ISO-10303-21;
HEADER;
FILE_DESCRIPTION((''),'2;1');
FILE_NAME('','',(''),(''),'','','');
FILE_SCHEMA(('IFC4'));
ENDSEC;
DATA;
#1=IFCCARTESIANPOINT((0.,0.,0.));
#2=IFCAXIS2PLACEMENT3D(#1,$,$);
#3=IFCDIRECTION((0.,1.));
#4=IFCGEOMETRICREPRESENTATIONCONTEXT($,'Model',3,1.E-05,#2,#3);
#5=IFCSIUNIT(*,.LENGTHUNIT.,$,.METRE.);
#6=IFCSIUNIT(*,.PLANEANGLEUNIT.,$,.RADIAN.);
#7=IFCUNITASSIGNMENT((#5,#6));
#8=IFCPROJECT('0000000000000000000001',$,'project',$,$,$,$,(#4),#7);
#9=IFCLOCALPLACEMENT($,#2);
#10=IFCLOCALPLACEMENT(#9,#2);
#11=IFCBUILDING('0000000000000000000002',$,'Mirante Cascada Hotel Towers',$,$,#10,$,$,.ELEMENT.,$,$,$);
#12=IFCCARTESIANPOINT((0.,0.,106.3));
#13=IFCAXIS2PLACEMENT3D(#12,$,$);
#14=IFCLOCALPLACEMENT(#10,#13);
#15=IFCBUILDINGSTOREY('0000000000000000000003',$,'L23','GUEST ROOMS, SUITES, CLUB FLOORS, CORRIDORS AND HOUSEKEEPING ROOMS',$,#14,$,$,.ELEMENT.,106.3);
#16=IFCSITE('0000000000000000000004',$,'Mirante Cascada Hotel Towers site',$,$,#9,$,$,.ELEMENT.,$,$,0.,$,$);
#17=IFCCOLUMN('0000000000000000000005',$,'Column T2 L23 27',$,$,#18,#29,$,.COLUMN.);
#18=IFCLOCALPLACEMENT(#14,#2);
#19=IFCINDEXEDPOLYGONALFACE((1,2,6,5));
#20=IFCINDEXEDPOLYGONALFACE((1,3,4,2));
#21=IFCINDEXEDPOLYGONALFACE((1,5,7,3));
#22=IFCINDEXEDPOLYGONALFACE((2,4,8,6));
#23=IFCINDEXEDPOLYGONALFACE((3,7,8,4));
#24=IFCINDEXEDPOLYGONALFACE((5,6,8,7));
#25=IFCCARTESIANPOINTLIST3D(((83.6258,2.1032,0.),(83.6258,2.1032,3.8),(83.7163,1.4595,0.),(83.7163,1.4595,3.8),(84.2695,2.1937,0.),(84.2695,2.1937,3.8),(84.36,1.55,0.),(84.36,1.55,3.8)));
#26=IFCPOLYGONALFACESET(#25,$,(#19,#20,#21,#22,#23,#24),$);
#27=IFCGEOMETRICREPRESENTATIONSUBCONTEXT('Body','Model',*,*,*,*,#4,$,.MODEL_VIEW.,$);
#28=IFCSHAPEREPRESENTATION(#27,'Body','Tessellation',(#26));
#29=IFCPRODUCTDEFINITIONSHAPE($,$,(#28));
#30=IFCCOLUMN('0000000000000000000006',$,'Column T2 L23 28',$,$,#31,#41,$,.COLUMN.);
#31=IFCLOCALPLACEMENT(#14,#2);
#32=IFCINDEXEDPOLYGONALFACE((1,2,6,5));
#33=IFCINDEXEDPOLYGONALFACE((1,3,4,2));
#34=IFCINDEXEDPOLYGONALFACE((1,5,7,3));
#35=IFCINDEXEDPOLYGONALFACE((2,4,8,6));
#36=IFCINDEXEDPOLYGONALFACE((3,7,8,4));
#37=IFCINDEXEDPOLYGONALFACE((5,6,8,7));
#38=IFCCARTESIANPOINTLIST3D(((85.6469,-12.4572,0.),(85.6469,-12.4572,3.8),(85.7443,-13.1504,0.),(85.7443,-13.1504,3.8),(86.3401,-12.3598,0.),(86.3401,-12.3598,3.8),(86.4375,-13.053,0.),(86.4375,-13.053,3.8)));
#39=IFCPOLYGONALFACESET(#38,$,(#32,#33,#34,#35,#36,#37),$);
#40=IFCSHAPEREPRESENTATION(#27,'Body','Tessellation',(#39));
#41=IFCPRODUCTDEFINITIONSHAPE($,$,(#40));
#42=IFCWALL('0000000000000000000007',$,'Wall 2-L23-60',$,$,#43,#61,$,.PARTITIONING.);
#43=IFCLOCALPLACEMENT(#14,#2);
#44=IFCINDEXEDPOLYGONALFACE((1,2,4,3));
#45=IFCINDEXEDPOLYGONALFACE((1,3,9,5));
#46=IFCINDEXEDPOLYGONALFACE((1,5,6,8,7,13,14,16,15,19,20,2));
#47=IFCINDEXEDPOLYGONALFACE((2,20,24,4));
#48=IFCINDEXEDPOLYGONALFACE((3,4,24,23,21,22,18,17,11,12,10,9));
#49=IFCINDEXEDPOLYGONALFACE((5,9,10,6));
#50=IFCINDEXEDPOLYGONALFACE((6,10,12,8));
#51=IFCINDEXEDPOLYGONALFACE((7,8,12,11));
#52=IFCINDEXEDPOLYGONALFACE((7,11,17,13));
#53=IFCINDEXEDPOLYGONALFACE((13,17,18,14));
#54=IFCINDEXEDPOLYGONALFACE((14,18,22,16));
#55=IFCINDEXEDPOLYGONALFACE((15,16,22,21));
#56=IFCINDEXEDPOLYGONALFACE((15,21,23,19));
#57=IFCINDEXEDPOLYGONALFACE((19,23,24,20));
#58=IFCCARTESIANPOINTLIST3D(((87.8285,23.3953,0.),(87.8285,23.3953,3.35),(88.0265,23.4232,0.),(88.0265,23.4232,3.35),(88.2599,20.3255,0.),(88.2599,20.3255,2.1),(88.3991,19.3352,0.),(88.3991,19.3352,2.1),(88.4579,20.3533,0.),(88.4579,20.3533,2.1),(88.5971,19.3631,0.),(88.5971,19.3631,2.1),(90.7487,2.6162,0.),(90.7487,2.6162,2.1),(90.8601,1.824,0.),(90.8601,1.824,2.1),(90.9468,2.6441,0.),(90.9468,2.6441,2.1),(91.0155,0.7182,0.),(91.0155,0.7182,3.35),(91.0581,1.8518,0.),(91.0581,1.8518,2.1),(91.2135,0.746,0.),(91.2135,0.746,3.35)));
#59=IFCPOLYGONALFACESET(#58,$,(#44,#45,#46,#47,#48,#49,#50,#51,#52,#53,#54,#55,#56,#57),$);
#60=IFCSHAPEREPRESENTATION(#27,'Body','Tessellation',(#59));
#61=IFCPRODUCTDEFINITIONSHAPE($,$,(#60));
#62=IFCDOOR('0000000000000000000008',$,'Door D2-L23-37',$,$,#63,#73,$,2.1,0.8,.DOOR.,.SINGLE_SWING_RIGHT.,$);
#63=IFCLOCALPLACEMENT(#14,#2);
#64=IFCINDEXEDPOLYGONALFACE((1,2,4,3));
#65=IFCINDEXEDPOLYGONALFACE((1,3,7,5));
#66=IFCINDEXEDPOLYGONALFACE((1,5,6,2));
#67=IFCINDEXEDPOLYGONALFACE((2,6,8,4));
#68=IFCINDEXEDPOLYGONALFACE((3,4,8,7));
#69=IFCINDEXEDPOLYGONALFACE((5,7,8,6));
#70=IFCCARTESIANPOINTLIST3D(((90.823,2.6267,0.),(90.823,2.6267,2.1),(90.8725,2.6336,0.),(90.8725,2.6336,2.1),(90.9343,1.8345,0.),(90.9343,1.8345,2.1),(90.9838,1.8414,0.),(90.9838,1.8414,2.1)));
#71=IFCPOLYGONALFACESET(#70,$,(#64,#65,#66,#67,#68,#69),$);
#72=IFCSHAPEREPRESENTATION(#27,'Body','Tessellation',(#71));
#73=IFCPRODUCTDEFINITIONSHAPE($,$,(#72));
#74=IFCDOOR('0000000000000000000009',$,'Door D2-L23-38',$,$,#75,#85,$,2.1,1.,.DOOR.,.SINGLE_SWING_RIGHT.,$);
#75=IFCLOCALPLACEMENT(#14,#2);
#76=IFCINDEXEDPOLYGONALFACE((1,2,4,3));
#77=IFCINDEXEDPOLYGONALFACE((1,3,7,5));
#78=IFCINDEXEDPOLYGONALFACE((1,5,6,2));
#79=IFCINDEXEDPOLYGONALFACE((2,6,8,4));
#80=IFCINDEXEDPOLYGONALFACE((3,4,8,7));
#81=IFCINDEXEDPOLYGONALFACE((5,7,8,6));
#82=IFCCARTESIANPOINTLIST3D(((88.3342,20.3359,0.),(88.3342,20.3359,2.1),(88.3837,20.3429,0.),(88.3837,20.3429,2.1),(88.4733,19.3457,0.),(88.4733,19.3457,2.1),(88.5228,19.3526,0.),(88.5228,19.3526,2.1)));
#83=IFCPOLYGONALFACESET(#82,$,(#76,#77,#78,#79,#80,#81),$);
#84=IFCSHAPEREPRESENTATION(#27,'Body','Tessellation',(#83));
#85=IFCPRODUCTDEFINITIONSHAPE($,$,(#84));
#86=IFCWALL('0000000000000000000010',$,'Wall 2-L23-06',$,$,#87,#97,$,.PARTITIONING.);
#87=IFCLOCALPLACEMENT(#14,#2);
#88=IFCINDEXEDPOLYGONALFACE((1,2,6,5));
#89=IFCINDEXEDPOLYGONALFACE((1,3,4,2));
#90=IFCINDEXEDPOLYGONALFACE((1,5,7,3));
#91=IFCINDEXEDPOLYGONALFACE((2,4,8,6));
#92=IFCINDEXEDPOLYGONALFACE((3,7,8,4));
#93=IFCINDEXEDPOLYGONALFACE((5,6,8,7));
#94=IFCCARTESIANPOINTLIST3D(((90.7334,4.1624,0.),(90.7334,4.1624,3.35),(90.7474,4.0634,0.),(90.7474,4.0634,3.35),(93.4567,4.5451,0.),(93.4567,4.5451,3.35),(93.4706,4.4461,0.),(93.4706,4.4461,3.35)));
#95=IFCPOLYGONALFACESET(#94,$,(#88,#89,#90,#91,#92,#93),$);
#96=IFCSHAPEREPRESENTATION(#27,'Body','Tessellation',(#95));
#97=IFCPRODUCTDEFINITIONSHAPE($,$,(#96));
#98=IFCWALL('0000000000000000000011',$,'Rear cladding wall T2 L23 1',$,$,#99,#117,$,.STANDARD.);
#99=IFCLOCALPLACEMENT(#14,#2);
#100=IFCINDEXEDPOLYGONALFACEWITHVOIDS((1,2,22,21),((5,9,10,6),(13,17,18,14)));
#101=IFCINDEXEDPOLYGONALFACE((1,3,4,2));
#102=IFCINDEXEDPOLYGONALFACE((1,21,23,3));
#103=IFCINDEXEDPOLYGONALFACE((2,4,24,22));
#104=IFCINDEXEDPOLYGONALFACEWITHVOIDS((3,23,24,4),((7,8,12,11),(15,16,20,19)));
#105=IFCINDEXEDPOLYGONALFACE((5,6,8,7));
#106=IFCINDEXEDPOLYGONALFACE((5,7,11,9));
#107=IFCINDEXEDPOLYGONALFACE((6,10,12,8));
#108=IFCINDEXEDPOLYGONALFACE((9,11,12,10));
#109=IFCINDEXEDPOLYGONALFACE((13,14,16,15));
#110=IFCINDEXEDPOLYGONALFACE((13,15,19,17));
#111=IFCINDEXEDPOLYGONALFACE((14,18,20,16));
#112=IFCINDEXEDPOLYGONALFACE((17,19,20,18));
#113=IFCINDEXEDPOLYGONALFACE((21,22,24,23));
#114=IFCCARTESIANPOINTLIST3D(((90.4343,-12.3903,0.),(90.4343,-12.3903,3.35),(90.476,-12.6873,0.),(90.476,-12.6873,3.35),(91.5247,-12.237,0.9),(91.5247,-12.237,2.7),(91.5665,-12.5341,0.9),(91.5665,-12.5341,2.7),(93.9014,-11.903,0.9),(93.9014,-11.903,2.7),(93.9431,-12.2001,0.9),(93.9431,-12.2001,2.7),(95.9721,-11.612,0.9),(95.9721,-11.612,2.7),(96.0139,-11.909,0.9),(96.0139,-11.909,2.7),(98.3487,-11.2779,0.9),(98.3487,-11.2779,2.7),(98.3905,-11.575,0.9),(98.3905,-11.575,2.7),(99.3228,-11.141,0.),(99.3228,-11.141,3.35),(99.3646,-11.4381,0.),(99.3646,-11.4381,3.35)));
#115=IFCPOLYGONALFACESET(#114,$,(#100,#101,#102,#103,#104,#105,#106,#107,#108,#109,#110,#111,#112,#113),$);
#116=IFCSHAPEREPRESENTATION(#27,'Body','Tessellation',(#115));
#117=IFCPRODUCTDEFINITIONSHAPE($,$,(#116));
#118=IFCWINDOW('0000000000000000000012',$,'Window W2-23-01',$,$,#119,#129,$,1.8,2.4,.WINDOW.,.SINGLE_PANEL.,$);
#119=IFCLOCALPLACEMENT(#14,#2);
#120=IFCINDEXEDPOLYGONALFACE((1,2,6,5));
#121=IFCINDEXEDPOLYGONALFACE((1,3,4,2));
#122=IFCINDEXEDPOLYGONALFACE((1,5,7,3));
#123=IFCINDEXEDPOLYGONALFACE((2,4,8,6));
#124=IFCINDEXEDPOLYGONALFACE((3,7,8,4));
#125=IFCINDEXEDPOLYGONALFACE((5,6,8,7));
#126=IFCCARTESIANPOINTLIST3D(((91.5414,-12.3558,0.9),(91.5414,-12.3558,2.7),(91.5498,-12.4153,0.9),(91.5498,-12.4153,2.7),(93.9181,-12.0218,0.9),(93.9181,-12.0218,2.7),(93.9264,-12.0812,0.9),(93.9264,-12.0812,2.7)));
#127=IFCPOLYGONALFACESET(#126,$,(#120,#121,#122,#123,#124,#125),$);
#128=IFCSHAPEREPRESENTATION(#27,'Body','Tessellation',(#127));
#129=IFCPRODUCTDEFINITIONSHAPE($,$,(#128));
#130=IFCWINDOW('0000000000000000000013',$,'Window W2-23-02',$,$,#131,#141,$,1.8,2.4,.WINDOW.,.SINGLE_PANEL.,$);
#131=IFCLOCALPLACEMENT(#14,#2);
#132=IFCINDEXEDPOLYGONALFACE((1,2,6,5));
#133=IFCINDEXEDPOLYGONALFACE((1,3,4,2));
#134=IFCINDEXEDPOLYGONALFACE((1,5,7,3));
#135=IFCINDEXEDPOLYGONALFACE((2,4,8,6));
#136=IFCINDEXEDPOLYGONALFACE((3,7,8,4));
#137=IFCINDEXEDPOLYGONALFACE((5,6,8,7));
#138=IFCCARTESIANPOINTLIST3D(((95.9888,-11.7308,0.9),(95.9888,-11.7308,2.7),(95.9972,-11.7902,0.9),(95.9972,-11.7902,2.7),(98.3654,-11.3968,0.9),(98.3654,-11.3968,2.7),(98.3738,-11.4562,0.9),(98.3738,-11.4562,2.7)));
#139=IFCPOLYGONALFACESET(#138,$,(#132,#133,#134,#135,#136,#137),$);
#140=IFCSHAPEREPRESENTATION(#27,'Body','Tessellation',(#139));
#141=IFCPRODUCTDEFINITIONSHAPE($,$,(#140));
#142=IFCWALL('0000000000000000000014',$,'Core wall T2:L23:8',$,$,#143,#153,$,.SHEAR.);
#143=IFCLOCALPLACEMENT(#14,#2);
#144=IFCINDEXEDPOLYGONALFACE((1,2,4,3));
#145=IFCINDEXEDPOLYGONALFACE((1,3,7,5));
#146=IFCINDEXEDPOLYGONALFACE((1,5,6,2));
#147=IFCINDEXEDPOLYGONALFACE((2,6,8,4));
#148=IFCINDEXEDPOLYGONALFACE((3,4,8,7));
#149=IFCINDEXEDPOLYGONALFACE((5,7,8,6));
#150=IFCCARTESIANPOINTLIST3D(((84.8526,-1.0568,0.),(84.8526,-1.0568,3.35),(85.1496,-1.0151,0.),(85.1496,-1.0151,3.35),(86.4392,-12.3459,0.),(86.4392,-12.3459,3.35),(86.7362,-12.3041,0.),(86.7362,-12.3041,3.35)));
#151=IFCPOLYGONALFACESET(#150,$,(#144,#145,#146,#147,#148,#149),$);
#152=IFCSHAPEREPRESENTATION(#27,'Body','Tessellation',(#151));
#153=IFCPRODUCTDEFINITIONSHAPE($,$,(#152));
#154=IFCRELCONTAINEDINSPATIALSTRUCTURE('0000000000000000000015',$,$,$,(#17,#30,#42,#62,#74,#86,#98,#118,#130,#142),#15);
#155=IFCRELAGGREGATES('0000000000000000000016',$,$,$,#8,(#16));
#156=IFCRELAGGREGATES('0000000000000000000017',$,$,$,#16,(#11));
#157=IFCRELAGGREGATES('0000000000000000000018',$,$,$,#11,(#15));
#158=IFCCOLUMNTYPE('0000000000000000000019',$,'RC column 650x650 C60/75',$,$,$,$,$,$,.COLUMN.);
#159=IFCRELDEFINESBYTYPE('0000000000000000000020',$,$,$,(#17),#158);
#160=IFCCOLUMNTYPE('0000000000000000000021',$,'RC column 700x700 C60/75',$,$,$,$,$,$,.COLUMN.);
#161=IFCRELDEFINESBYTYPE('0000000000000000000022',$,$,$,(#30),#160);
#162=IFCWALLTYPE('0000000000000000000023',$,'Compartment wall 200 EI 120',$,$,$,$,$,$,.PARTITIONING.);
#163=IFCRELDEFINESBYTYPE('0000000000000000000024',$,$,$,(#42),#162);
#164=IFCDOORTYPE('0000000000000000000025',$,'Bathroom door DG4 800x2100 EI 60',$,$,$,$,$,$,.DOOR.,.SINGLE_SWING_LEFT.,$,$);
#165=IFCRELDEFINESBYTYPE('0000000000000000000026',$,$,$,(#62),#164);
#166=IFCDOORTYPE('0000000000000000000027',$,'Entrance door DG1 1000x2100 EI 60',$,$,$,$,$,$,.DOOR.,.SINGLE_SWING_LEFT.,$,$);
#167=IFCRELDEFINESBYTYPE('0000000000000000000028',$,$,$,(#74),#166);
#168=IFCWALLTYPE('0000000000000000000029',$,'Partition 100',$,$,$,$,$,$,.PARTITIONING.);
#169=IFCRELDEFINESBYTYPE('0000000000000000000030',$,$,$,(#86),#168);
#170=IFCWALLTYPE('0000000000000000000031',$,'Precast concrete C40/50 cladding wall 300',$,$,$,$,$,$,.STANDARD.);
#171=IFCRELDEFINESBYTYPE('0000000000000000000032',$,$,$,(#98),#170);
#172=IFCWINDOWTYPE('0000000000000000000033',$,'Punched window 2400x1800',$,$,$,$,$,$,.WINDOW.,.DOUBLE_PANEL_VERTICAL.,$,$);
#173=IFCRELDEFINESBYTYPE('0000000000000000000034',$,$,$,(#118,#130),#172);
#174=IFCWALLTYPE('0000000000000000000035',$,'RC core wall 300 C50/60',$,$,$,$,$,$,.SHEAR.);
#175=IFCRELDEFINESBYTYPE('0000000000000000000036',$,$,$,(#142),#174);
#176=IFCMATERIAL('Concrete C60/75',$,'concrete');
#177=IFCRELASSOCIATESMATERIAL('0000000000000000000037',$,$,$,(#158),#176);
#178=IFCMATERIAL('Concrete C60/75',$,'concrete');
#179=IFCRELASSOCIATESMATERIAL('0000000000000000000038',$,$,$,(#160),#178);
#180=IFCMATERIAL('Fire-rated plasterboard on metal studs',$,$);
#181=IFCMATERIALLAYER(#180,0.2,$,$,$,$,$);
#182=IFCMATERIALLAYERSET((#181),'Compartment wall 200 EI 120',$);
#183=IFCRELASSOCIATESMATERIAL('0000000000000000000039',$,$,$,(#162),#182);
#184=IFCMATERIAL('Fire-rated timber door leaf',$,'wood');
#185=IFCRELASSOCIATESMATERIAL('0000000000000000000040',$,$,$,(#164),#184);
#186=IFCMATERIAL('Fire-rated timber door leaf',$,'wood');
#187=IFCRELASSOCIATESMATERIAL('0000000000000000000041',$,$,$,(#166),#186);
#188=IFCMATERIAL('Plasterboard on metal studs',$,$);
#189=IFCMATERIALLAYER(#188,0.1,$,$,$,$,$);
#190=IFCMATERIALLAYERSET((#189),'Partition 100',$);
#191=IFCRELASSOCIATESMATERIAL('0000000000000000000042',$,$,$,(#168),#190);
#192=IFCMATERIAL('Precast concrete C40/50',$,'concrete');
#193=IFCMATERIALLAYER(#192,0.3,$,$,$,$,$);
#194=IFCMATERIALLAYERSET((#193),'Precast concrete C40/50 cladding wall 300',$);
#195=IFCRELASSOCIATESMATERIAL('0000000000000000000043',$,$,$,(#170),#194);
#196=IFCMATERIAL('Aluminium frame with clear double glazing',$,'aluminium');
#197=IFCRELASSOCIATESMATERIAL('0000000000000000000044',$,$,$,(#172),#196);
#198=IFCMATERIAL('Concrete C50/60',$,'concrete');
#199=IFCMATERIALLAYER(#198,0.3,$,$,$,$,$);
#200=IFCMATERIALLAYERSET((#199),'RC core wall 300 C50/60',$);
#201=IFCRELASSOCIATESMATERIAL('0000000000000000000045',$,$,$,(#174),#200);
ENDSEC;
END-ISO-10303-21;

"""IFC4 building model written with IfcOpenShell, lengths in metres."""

from ifc_helpers import new_model, si_unit, direction, frame, frame_2d, origin, origin_2d, place, context, subcontext, project, spatial, rectangle, extrude, material, layer, layer_set, material_profile, profile_set, type_object, element, fill, save


model = new_model("IFC4")

# Units and contexts
model_context = context("Model", 3, precision=1e-05, world=origin(), true_north=direction((0.0, 1.0)))
body_context = subcontext(model_context, "Body", "Model", "MODEL_VIEW")
ifc_project = project(units=[si_unit("LENGTHUNIT", "METRE"), si_unit("PLANEANGLEUNIT", "RADIAN")], contexts=[model_context])

# Site, building, storey
site_placement = place(None, origin())
site = spatial("IfcSite", under=ifc_project, at=site_placement, Name="Mirante Cascada Hotel Towers site", CompositionType="ELEMENT", RefElevation=0.0)
building_placement = place(site_placement, origin())
building = spatial("IfcBuilding", under=site, at=building_placement, Name="Mirante Cascada Hotel Towers", CompositionType="ELEMENT")
storey_placement = place(building_placement, frame((0.0, 0.0, 106.3)))
storey = spatial("IfcBuildingStorey", under=building, at=storey_placement, Name="L23", Description="GUEST ROOMS, SUITES, CLUB FLOORS, CORRIDORS AND HOUSEKEEPING ROOMS", CompositionType="ELEMENT", Elevation=106.3)

# Columns
ifc_material_1 = material(Name="Concrete C60/75", Category="concrete")
ifc_material_profile_1 = material_profile(ifc_material_1, rectangle(XDim=0.65, YDim=0.65, at=origin_2d()), Name="RC column 650x650 C60/75")
ifc_profile_set_1 = profile_set([ifc_material_profile_1], Name="Concrete C60/75")
column_type_1 = type_object("IfcColumnType", Name="RC column 650x650 C60/75", PredefinedType="COLUMN", material=ifc_profile_set_1)
column_1_placement = place(storey_placement, frame((83.9929, 1.8266, 0.0), z_axis=(0.0, 0.0, 1.0), x_axis=(0.990268, 0.139173, 0.0)))
element("IfcColumn", 1, at=column_1_placement, inside=storey, type_object=column_type_1, Name="Column T2 L23 27", PredefinedType="COLUMN", context=body_context, shape_type="SweptSolid", body=[
    extrude(rectangle(XDim=0.65, YDim=0.65, at=origin_2d()), origin(), (0.0, 0.0, 1.0), 3.8),
])
ifc_material_2 = material(Name="Concrete C60/75", Category="concrete")
ifc_material_profile_2 = material_profile(ifc_material_2, rectangle(XDim=0.7, YDim=0.7, at=origin_2d()), Name="RC column 700x700 C60/75")
ifc_profile_set_2 = profile_set([ifc_material_profile_2], Name="Concrete C60/75")
column_type_2 = type_object("IfcColumnType", Name="RC column 700x700 C60/75", PredefinedType="COLUMN", material=ifc_profile_set_2)
column_2_placement = place(storey_placement, frame((86.0422, -12.7551, 0.0), z_axis=(0.0, 0.0, 1.0), x_axis=(0.990268, 0.139173, 0.0)))
element("IfcColumn", 2, at=column_2_placement, inside=storey, type_object=column_type_2, Name="Column T2 L23 28", PredefinedType="COLUMN", context=body_context, shape_type="SweptSolid", body=[
    extrude(rectangle(XDim=0.7, YDim=0.7, at=origin_2d()), origin(), (0.0, 0.0, 1.0), 3.8),
])

# Wall, openings, doors
ifc_material_3 = material(Name="Fire-rated plasterboard on metal studs")
ifc_layer_1 = layer(ifc_material_3, 0.2)
ifc_layer_set_1 = layer_set([ifc_layer_1], Name="Compartment wall 200 EI 120")
wall_type_1 = type_object("IfcWallType", Name="Compartment wall 200 EI 120", PredefinedType="PARTITIONING", material=ifc_layer_set_1)
wall_1_placement = place(storey_placement, frame((91.1145, 0.7321, 0.0), z_axis=(0.0, 0.0, 1.0), x_axis=(-0.139171, 0.990268, 0.0)))
wall_1 = element("IfcWall", 3, at=wall_1_placement, inside=storey, type_object=wall_type_1, Name="Wall 2-L23-60", PredefinedType="PARTITIONING", context=body_context, shape_type="SweptSolid", body=[
    extrude(rectangle(XDim=22.9, YDim=0.2, at=frame_2d((11.45, 0.0))), origin(), (0.0, 0.0, 1.0), 3.35),
])
opening_1_placement = place(wall_1_placement, frame((1.1167, 0.0, 0.0)))
opening_1 = element("IfcOpeningElement", 4, at=opening_1_placement, cuts=wall_1, PredefinedType="OPENING", context=body_context, shape_type="SweptSolid", body=[
    extrude(rectangle(XDim=0.8, YDim=2.1, at=frame_2d((0.4, 1.05))), frame((0.0, 0.1, 0.0), z_axis=(0.0, -1.0, 0.0), x_axis=(1.0, 0.0, 0.0)), (0.0, 0.0, 1.0), 0.2),
])
opening_2_placement = place(wall_1_placement, frame((18.8, 0.0, 0.0)))
opening_2 = element("IfcOpeningElement", 5, at=opening_2_placement, cuts=wall_1, PredefinedType="OPENING", context=body_context, shape_type="SweptSolid", body=[
    extrude(rectangle(XDim=1.0, YDim=2.1, at=frame_2d((0.5, 1.05))), frame((0.0, 0.1, 0.0), z_axis=(0.0, -1.0, 0.0), x_axis=(1.0, 0.0, 0.0)), (0.0, 0.0, 1.0), 0.2),
])
ifc_material_4 = material(Name="Fire-rated timber door leaf", Category="wood")
door_type_1 = type_object("IfcDoorType", Name="Bathroom door DG4 800x2100 EI 60", OperationType="SINGLE_SWING_LEFT", PredefinedType="DOOR", material=ifc_material_4)
door_1_placement = place(opening_1_placement, frame((0.8, 0.0, 0.0), z_axis=(0.0, 0.0, 1.0), x_axis=(-1.0, 0.0, 0.0)))
door_1 = element("IfcDoor", 6, at=door_1_placement, inside=storey, type_object=door_type_1, Name="Door D2-L23-37", OperationType="SINGLE_SWING_RIGHT", OverallHeight=2.1, OverallWidth=0.8, PredefinedType="DOOR", context=body_context, shape_type="SweptSolid", body=[
    extrude(rectangle(XDim=0.8, YDim=2.1, at=frame_2d((0.4, 1.05))), frame((0.0, 0.025, 0.0), z_axis=(0.0, -1.0, 0.0), x_axis=(1.0, 0.0, 0.0)), (0.0, 0.0, 1.0), 0.05),
])
fill(opening_1, door_1)
ifc_material_5 = material(Name="Fire-rated timber door leaf", Category="wood")
door_type_2 = type_object("IfcDoorType", Name="Entrance door DG1 1000x2100 EI 60", OperationType="SINGLE_SWING_LEFT", PredefinedType="DOOR", material=ifc_material_5)
door_2_placement = place(opening_2_placement, frame((1.0, 0.0, 0.0), z_axis=(0.0, 0.0, 1.0), x_axis=(-1.0, 0.0, 0.0)))
door_2 = element("IfcDoor", 7, at=door_2_placement, inside=storey, type_object=door_type_2, Name="Door D2-L23-38", OperationType="SINGLE_SWING_RIGHT", OverallHeight=2.1, OverallWidth=1.0, PredefinedType="DOOR", context=body_context, shape_type="SweptSolid", body=[
    extrude(rectangle(XDim=1.0, YDim=2.1, at=frame_2d((0.5, 1.05))), frame((0.0, 0.025, 0.0), z_axis=(0.0, -1.0, 0.0), x_axis=(1.0, 0.0, 0.0)), (0.0, 0.0, 1.0), 0.05),
])
fill(opening_2, door_2)

# Wall
ifc_material_6 = material(Name="Plasterboard on metal studs")
ifc_layer_2 = layer(ifc_material_6, 0.1)
ifc_layer_set_2 = layer_set([ifc_layer_2], Name="Partition 100")
wall_type_2 = type_object("IfcWallType", Name="Partition 100", PredefinedType="PARTITIONING", material=ifc_layer_set_2)
wall_2_placement = place(storey_placement, frame((90.7404, 4.1129, 0.0), z_axis=(0.0, 0.0, 1.0), x_axis=(0.990269, 0.139166, 0.0)))
element("IfcWall", 8, at=wall_2_placement, inside=storey, type_object=wall_type_2, Name="Wall 2-L23-06", PredefinedType="PARTITIONING", context=body_context, shape_type="SweptSolid", body=[
    extrude(rectangle(XDim=2.75, YDim=0.1, at=frame_2d((1.375, 0.0))), origin(), (0.0, 0.0, 1.0), 3.35),
])

# Wall, openings, windows
ifc_material_7 = material(Name="Precast concrete C40/50", Category="concrete")
ifc_layer_3 = layer(ifc_material_7, 0.3)
ifc_layer_set_3 = layer_set([ifc_layer_3], Name="Precast concrete C40/50 cladding wall 300")
wall_type_3 = type_object("IfcWallType", Name="Precast concrete C40/50 cladding wall 300", PredefinedType="STANDARD", material=ifc_layer_set_3)
wall_3_placement = place(storey_placement, frame((90.4551, -12.5388, 0.0), z_axis=(0.0, 0.0, 1.0), x_axis=(0.990268, 0.139173, 0.0)))
wall_3 = element("IfcWall", 9, at=wall_3_placement, inside=storey, type_object=wall_type_3, Name="Rear cladding wall T2 L23 1", PredefinedType="STANDARD", context=body_context, shape_type="SweptSolid", body=[
    extrude(rectangle(XDim=8.9759, YDim=0.3, at=frame_2d((4.488, 0.0))), origin(), (0.0, 0.0, 1.0), 3.35),
])
opening_3_placement = place(wall_3_placement, frame((1.1012, 0.0, 0.9)))
opening_3 = element("IfcOpeningElement", 10, at=opening_3_placement, cuts=wall_3, PredefinedType="OPENING", context=body_context, shape_type="SweptSolid", body=[
    extrude(rectangle(XDim=2.4, YDim=1.8, at=frame_2d((1.2, 0.9))), frame((0.0, 0.15, 0.0), z_axis=(0.0, -1.0, 0.0), x_axis=(1.0, 0.0, 0.0)), (0.0, 0.0, 1.0), 0.3),
])
opening_4_placement = place(wall_3_placement, frame((5.5923, 0.0, 0.9)))
opening_4 = element("IfcOpeningElement", 11, at=opening_4_placement, cuts=wall_3, PredefinedType="OPENING", context=body_context, shape_type="SweptSolid", body=[
    extrude(rectangle(XDim=2.4, YDim=1.8, at=frame_2d((1.2, 0.9))), frame((0.0, 0.15, 0.0), z_axis=(0.0, -1.0, 0.0), x_axis=(1.0, 0.0, 0.0)), (0.0, 0.0, 1.0), 0.3),
])
ifc_material_8 = material(Name="Aluminium frame with clear double glazing", Category="aluminium")
window_type = type_object("IfcWindowType", Name="Punched window 2400x1800", PartitioningType="DOUBLE_PANEL_VERTICAL", PredefinedType="WINDOW", material=ifc_material_8)
window_1_placement = place(opening_3_placement, origin())
window_1 = element("IfcWindow", 12, at=window_1_placement, inside=storey, type_object=window_type, Name="Window W2-23-01", OverallHeight=1.8, OverallWidth=2.4, PartitioningType="SINGLE_PANEL", PredefinedType="WINDOW", context=body_context, shape_type="SweptSolid", body=[
    extrude(rectangle(XDim=2.4, YDim=1.8, at=frame_2d((1.2, 0.9))), frame((0.0, 0.03, 0.0), z_axis=(0.0, -1.0, 0.0), x_axis=(1.0, 0.0, 0.0)), (0.0, 0.0, 1.0), 0.06),
])
fill(opening_3, window_1)
window_2_placement = place(opening_4_placement, origin())
window_2 = element("IfcWindow", 13, at=window_2_placement, inside=storey, type_object=window_type, Name="Window W2-23-02", OverallHeight=1.8, OverallWidth=2.4, PartitioningType="SINGLE_PANEL", PredefinedType="WINDOW", context=body_context, shape_type="SweptSolid", body=[
    extrude(rectangle(XDim=2.4, YDim=1.8, at=frame_2d((1.2, 0.9))), frame((0.0, 0.03, 0.0), z_axis=(0.0, -1.0, 0.0), x_axis=(1.0, 0.0, 0.0)), (0.0, 0.0, 1.0), 0.06),
])
fill(opening_4, window_2)

# Wall
ifc_material_9 = material(Name="Concrete C50/60", Category="concrete")
ifc_layer_4 = layer(ifc_material_9, 0.3)
ifc_layer_set_4 = layer_set([ifc_layer_4], Name="RC core wall 300 C50/60")
wall_type_4 = type_object("IfcWallType", Name="RC core wall 300 C50/60", PredefinedType="SHEAR", material=ifc_layer_set_4)
wall_4_placement = place(storey_placement, frame((86.5877, -12.325, 0.0), z_axis=(0.0, 0.0, 1.0), x_axis=(-0.139175, 0.990268, 0.0)))
element("IfcWall", 14, at=wall_4_placement, inside=storey, type_object=wall_type_4, Name="Core wall T2:L23:8", PredefinedType="SHEAR", context=body_context, shape_type="SweptSolid", body=[
    extrude(rectangle(XDim=11.4, YDim=0.3, at=frame_2d((5.7, 0.0))), origin(), (0.0, 0.0, 1.0), 3.35),
])

save(model, "model.ifc")
